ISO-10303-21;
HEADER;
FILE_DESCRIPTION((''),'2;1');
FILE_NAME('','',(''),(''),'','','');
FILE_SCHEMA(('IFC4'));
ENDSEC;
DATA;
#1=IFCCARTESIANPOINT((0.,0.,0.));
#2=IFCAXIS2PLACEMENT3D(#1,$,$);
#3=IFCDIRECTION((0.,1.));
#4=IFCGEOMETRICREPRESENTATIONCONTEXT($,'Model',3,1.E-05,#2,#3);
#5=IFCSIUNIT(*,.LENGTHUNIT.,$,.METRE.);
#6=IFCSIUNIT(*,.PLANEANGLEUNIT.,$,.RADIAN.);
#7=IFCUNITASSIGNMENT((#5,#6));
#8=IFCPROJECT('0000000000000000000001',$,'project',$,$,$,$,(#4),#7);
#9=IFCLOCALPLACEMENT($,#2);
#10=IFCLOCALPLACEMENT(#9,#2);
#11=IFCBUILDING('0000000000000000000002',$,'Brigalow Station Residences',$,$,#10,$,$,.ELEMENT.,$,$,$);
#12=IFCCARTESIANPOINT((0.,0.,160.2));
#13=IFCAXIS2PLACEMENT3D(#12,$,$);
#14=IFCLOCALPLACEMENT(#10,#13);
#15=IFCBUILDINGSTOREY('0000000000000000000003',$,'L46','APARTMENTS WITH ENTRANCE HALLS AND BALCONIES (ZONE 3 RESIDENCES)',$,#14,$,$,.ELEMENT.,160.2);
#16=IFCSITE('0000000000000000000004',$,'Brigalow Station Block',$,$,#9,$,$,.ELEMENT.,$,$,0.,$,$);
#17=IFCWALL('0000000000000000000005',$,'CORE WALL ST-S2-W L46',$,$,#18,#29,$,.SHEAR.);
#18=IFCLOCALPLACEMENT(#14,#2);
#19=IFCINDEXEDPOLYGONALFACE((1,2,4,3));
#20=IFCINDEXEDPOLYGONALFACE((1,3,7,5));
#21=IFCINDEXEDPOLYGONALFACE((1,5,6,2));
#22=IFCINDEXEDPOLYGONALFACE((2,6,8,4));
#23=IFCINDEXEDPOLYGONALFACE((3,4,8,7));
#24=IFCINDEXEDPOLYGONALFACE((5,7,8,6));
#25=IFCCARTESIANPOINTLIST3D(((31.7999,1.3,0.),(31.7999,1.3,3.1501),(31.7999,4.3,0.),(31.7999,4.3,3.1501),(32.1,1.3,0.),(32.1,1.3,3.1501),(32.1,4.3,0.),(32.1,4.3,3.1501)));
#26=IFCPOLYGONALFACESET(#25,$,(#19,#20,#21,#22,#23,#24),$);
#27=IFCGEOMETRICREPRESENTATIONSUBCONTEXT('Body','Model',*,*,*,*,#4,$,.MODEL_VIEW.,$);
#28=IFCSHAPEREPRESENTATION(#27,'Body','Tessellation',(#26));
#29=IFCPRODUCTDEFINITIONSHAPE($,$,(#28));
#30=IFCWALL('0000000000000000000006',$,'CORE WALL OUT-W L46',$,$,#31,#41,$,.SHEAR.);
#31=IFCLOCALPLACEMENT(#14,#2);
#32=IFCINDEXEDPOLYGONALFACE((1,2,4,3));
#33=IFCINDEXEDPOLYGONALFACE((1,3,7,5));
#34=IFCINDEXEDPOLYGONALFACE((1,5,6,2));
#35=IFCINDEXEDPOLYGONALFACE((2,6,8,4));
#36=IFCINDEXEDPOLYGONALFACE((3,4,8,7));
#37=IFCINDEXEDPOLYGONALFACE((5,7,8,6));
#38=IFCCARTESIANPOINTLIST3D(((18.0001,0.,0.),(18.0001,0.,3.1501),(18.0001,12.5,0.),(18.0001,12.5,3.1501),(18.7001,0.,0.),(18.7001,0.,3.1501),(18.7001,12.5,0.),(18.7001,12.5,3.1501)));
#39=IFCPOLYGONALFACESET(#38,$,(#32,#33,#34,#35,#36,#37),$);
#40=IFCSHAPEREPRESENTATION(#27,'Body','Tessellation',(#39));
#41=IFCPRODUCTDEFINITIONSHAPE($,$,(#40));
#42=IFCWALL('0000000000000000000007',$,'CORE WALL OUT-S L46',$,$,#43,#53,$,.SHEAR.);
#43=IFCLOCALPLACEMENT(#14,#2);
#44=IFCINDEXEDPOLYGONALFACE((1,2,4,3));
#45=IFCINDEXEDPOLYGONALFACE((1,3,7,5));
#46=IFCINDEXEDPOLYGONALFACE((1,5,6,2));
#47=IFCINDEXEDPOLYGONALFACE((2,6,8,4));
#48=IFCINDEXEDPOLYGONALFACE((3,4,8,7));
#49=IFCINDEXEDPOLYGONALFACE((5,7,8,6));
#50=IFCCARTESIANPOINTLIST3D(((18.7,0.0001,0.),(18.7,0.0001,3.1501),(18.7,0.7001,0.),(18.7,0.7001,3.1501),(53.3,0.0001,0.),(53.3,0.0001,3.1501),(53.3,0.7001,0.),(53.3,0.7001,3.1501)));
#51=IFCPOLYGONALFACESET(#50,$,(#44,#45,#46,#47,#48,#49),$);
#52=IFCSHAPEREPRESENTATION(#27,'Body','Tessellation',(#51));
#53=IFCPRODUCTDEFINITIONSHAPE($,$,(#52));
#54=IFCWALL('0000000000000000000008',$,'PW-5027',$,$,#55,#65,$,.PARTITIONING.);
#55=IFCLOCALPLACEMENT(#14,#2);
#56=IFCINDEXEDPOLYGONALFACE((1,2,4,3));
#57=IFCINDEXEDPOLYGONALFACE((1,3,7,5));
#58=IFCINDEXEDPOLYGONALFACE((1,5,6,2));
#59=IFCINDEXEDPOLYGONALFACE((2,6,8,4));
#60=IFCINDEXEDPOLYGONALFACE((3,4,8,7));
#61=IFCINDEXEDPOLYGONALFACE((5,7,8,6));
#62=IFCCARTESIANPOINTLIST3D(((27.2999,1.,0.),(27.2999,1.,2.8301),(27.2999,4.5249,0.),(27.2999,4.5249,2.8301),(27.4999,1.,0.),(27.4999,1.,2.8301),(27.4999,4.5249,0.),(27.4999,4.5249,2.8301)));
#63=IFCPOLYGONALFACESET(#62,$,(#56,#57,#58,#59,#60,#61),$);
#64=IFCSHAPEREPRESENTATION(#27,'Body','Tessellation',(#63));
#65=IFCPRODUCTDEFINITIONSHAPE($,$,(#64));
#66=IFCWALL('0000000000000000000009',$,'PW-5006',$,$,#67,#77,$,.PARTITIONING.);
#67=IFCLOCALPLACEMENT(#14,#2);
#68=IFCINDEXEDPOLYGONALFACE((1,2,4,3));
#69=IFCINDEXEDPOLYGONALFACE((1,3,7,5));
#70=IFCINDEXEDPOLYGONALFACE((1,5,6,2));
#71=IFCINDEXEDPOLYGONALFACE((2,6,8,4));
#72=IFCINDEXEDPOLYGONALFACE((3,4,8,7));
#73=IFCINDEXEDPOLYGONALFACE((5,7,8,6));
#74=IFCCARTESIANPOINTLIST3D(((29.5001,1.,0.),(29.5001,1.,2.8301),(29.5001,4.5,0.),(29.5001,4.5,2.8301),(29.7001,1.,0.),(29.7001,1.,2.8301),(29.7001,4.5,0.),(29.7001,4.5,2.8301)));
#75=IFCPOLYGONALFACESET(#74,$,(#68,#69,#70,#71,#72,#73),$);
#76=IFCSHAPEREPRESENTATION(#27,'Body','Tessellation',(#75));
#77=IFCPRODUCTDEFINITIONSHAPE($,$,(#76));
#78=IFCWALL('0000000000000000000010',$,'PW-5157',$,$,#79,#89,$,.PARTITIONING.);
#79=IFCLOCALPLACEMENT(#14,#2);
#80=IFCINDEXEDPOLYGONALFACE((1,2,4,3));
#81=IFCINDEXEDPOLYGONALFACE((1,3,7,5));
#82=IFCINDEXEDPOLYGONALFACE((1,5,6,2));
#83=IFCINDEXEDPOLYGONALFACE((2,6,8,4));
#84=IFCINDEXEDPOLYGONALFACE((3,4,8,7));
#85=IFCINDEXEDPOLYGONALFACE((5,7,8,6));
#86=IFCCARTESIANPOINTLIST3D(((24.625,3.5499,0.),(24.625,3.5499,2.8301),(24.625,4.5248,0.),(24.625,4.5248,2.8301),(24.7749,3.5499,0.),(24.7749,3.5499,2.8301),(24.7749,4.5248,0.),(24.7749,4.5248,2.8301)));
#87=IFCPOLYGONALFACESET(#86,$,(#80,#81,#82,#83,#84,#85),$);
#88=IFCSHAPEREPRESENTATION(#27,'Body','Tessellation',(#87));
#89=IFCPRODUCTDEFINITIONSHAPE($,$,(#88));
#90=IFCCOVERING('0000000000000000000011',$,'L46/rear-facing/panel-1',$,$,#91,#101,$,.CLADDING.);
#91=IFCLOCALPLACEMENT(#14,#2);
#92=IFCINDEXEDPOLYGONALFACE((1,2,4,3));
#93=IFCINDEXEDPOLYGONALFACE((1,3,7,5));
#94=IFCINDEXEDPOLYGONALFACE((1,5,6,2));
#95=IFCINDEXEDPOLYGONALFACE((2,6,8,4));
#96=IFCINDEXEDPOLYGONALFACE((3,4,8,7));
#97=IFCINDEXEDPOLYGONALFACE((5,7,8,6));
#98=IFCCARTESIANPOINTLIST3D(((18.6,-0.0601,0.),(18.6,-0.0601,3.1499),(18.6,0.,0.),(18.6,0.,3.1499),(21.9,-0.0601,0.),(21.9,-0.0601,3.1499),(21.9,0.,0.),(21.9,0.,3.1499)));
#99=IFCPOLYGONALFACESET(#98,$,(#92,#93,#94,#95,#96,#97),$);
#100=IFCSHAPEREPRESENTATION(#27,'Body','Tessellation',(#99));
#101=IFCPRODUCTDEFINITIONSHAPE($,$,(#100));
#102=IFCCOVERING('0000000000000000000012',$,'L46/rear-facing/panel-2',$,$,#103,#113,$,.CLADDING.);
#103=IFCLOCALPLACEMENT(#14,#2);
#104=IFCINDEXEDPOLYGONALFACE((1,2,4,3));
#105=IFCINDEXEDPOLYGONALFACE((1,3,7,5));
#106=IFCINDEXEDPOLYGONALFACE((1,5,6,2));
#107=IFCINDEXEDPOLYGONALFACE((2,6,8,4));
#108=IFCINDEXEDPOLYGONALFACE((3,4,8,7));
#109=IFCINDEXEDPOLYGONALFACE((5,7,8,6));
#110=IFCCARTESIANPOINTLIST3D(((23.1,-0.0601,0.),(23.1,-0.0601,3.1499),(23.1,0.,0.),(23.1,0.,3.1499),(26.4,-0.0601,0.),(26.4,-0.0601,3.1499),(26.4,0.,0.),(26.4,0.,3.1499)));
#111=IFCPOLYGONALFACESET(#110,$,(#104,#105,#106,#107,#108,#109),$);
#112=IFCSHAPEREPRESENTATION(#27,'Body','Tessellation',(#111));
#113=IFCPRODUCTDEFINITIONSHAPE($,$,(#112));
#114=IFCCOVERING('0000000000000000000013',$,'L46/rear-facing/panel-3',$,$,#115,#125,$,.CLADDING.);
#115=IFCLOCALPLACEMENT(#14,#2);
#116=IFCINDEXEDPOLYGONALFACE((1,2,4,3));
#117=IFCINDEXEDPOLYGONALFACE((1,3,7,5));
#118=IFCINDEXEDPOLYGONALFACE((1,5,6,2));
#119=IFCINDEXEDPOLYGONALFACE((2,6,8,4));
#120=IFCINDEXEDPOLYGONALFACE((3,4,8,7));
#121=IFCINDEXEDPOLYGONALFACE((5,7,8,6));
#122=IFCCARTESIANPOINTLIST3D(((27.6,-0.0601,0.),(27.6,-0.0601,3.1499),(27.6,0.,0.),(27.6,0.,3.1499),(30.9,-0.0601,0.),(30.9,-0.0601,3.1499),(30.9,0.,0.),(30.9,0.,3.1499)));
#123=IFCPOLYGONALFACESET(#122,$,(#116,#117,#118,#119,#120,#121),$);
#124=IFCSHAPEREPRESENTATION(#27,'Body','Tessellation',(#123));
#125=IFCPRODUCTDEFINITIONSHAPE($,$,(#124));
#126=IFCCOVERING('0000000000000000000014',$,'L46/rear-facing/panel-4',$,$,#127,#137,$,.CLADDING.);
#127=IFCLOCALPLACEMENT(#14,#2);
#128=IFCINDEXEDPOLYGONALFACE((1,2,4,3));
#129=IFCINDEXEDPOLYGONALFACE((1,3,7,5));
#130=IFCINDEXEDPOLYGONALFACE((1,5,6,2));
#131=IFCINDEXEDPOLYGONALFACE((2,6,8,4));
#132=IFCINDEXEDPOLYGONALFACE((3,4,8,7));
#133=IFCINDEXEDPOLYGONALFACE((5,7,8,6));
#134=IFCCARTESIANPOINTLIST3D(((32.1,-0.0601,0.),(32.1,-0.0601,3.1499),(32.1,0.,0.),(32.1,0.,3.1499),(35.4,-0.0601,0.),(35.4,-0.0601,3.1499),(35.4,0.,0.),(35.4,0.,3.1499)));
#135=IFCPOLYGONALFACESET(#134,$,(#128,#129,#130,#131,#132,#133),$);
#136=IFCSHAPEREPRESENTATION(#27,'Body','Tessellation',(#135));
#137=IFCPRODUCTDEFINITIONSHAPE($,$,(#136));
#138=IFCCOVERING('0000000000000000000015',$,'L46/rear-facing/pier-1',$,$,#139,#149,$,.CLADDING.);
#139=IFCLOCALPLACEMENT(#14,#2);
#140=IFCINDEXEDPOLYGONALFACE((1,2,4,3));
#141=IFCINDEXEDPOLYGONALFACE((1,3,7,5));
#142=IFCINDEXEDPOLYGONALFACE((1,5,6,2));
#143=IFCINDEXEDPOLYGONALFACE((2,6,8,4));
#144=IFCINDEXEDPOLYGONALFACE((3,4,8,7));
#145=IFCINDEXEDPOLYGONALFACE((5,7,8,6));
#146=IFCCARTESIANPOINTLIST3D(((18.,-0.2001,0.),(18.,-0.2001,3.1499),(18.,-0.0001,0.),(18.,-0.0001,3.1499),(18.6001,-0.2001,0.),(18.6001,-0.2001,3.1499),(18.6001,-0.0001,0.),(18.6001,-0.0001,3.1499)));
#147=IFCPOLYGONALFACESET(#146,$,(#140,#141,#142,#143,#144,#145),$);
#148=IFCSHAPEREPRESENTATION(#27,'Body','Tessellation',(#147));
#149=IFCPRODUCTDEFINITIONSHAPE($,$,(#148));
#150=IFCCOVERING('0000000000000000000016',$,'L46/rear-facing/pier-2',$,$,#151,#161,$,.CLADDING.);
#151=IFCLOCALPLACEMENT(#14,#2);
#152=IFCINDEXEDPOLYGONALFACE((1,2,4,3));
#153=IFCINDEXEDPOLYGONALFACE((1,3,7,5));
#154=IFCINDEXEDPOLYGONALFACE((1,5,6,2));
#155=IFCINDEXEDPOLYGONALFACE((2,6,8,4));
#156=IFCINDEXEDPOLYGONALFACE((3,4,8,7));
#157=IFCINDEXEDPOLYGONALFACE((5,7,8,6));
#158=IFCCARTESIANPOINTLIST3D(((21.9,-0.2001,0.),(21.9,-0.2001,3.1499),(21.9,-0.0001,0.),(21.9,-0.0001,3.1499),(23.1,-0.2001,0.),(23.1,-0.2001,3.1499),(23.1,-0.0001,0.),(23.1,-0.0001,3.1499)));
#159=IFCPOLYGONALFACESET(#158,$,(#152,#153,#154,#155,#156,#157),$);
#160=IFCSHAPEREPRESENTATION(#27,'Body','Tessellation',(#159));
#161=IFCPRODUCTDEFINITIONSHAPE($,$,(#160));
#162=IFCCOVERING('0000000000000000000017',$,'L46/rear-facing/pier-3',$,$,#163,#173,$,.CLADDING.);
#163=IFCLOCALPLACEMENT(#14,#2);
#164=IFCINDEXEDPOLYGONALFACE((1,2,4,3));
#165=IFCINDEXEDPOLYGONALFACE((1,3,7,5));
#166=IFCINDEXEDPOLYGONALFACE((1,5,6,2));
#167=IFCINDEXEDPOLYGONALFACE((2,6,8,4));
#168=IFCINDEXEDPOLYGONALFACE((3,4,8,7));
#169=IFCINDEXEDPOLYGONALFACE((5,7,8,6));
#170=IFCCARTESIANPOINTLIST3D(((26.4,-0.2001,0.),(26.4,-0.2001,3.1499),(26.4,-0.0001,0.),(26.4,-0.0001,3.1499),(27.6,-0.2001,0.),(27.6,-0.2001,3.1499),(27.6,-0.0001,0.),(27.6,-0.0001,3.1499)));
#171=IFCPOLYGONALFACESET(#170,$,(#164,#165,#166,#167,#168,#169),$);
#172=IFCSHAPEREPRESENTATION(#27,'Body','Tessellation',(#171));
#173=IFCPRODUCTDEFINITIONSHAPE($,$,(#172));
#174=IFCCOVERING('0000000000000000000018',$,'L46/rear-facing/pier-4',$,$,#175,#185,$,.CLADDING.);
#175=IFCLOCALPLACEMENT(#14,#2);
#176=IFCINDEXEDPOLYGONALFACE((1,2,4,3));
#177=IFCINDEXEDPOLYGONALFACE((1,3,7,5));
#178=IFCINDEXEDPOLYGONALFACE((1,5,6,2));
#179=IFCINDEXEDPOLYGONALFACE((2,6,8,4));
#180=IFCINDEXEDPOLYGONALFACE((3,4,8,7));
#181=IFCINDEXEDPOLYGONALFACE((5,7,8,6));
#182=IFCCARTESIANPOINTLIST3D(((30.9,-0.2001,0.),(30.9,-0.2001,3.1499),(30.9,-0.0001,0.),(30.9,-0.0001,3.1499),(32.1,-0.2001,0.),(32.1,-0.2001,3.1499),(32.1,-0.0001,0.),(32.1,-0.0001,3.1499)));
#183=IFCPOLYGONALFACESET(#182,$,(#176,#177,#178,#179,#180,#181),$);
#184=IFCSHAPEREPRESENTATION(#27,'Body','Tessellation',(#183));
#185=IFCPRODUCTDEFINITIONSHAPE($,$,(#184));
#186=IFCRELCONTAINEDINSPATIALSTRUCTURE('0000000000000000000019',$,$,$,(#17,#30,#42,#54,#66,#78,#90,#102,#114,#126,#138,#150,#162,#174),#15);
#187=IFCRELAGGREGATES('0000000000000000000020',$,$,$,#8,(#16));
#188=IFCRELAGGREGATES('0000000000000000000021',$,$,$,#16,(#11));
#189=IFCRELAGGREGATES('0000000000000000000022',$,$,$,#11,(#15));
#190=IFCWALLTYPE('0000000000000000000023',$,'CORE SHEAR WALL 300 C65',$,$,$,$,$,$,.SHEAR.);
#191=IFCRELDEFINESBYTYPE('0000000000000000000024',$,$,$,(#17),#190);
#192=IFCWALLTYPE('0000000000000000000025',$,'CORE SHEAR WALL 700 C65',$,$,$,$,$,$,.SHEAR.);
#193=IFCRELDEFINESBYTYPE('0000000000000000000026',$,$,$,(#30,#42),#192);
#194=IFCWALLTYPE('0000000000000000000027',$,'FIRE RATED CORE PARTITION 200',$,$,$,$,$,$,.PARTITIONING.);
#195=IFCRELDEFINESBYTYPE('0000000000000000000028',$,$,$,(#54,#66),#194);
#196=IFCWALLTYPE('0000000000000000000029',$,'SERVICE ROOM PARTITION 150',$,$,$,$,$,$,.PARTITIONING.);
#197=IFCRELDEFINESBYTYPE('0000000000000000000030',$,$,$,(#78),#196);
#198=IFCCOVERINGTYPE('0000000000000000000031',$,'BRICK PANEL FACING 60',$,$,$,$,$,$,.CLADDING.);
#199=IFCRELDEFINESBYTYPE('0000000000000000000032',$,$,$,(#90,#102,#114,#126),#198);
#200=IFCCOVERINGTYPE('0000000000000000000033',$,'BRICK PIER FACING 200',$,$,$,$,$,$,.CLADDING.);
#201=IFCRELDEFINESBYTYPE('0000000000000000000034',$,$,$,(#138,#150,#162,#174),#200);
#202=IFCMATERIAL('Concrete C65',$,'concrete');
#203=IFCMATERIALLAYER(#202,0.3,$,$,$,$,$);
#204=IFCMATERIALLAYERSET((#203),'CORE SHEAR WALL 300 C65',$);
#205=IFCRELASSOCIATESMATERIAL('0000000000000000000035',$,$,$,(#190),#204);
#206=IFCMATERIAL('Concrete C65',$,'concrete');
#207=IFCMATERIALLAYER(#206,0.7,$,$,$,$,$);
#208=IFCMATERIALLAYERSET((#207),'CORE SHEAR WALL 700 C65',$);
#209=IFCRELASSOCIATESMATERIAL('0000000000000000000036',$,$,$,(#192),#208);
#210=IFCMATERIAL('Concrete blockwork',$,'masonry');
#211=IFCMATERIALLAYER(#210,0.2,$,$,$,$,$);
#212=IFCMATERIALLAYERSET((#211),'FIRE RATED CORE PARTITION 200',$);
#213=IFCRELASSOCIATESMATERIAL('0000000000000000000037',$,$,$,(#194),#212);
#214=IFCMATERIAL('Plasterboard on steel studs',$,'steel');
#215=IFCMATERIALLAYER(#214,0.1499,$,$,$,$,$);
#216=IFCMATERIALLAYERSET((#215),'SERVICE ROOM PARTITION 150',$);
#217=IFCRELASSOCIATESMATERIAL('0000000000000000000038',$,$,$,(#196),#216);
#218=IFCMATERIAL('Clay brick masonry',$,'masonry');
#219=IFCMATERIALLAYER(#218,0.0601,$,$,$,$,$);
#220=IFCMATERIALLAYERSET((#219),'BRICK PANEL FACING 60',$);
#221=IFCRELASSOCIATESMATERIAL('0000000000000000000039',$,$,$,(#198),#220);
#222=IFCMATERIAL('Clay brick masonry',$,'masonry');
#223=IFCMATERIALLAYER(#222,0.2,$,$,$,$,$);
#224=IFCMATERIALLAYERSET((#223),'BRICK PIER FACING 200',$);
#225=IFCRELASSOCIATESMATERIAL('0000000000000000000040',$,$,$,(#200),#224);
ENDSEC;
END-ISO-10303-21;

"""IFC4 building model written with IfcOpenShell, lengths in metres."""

from ifc_helpers import new_model, si_unit, direction, frame, frame_2d, origin, origin_2d, place, context, subcontext, project, spatial, rectangle, extrude, material, layer, layer_set, type_object, element, save


model = new_model("IFC4")

# Units and contexts
model_context = context("Model", 3, precision=1e-05, world=origin(), true_north=direction((0.0, 1.0)))
body_context = subcontext(model_context, "Body", "Model", "MODEL_VIEW")
ifc_project = project(units=[si_unit("LENGTHUNIT", "METRE"), si_unit("PLANEANGLEUNIT", "RADIAN")], contexts=[model_context])

# Site, building, storey
site_placement = place(None, origin())
site = spatial("IfcSite", under=ifc_project, at=site_placement, Name="Brigalow Station Block", CompositionType="ELEMENT", RefElevation=0.0)
building_placement = place(site_placement, origin())
building = spatial("IfcBuilding", under=site, at=building_placement, Name="Brigalow Station Residences", CompositionType="ELEMENT")
storey_placement = place(building_placement, frame((0.0, 0.0, 160.2)))
storey = spatial("IfcBuildingStorey", under=building, at=storey_placement, Name="L46", Description="APARTMENTS WITH ENTRANCE HALLS AND BALCONIES (ZONE 3 RESIDENCES)", CompositionType="ELEMENT", Elevation=160.2)

# Shared definitions
ifc_material_1 = material(Name="Concrete C65", Category="concrete")
ifc_layer_1 = layer(ifc_material_1, 0.3)
ifc_layer_set_1 = layer_set([ifc_layer_1], Name="CORE SHEAR WALL 300 C65")
wall_type_1 = type_object("IfcWallType", Name="CORE SHEAR WALL 300 C65", PredefinedType="SHEAR", material=ifc_layer_set_1)

# Walls
wall_1_placement = place(storey_placement, frame((31.95, 1.3, 0.0), z_axis=(0.0, 0.0, 1.0), x_axis=(0.0, 1.0, 0.0)))
element("IfcWall", 1, at=wall_1_placement, inside=storey, type_object=wall_type_1, Name="CORE WALL ST-S2-W L46", PredefinedType="SHEAR", context=body_context, shape_type="SweptSolid", body=[
    extrude(rectangle(XDim=3.0, YDim=0.3, at=frame_2d((1.5, 0.0))), origin(), (0.0, 0.0, 1.0), 3.1501),
])
ifc_material_2 = material(Name="Concrete C65", Category="concrete")
ifc_layer_2 = layer(ifc_material_2, 0.7)
ifc_layer_set_2 = layer_set([ifc_layer_2], Name="CORE SHEAR WALL 700 C65")
wall_type_2 = type_object("IfcWallType", Name="CORE SHEAR WALL 700 C65", PredefinedType="SHEAR", material=ifc_layer_set_2)
wall_2_placement = place(storey_placement, frame((18.3501, 0.0, 0.0), z_axis=(0.0, 0.0, 1.0), x_axis=(0.0, 1.0, 0.0)))
element("IfcWall", 2, at=wall_2_placement, inside=storey, type_object=wall_type_2, Name="CORE WALL OUT-W L46", PredefinedType="SHEAR", context=body_context, shape_type="SweptSolid", body=[
    extrude(rectangle(XDim=12.5, YDim=0.7, at=frame_2d((6.25, 0.0))), origin(), (0.0, 0.0, 1.0), 3.1501),
])
wall_3_placement = place(storey_placement, frame((18.7, 0.3501, 0.0), z_axis=(0.0, 0.0, 1.0), x_axis=(1.0, 0.0, 0.0)))
element("IfcWall", 3, at=wall_3_placement, inside=storey, type_object=wall_type_2, Name="CORE WALL OUT-S L46", PredefinedType="SHEAR", context=body_context, shape_type="SweptSolid", body=[
    extrude(rectangle(XDim=34.6001, YDim=0.7, at=frame_2d((17.3, 0.0))), origin(), (0.0, 0.0, 1.0), 3.1501),
])
ifc_material_3 = material(Name="Concrete blockwork", Category="masonry")
ifc_layer_3 = layer(ifc_material_3, 0.2)
ifc_layer_set_3 = layer_set([ifc_layer_3], Name="FIRE RATED CORE PARTITION 200")
wall_type_3 = type_object("IfcWallType", Name="FIRE RATED CORE PARTITION 200", PredefinedType="PARTITIONING", material=ifc_layer_set_3)
wall_4_placement = place(storey_placement, frame((27.3999, 1.0, 0.0), z_axis=(0.0, 0.0, 1.0), x_axis=(0.0, 1.0, 0.0)))
element("IfcWall", 4, at=wall_4_placement, inside=storey, type_object=wall_type_3, Name="PW-5027", PredefinedType="PARTITIONING", context=body_context, shape_type="SweptSolid", body=[
    extrude(rectangle(XDim=3.5249, YDim=0.2, at=frame_2d((1.7625, 0.0))), origin(), (0.0, 0.0, 1.0), 2.8301),
])
wall_5_placement = place(storey_placement, frame((29.6001, 1.0, 0.0), z_axis=(0.0, 0.0, 1.0), x_axis=(0.0, 1.0, 0.0)))
element("IfcWall", 5, at=wall_5_placement, inside=storey, type_object=wall_type_3, Name="PW-5006", PredefinedType="PARTITIONING", context=body_context, shape_type="SweptSolid", body=[
    extrude(rectangle(XDim=3.5, YDim=0.2, at=frame_2d((1.75, 0.0))), origin(), (0.0, 0.0, 1.0), 2.8301),
])
ifc_material_4 = material(Name="Plasterboard on steel studs", Category="steel")
ifc_layer_4 = layer(ifc_material_4, 0.1499)
ifc_layer_set_4 = layer_set([ifc_layer_4], Name="SERVICE ROOM PARTITION 150")
wall_type_4 = type_object("IfcWallType", Name="SERVICE ROOM PARTITION 150", PredefinedType="PARTITIONING", material=ifc_layer_set_4)
wall_6_placement = place(storey_placement, frame((24.7, 3.55, 0.0), z_axis=(0.0, 0.0, 1.0), x_axis=(0.0, 1.0, 0.0)))
element("IfcWall", 6, at=wall_6_placement, inside=storey, type_object=wall_type_4, Name="PW-5157", PredefinedType="PARTITIONING", context=body_context, shape_type="SweptSolid", body=[
    extrude(rectangle(XDim=0.9749, YDim=0.1499, at=frame_2d((0.4873, 0.0))), origin(), (0.0, 0.0, 1.0), 2.8301),
])

# Coverings
ifc_material_5 = material(Name="Clay brick masonry", Category="masonry")
ifc_layer_5 = layer(ifc_material_5, 0.0601)
ifc_layer_set_5 = layer_set([ifc_layer_5], Name="BRICK PANEL FACING 60")
covering_type_1 = type_object("IfcCoveringType", Name="BRICK PANEL FACING 60", PredefinedType="CLADDING", material=ifc_layer_set_5)
for number, where, z_axis, x_axis, name in (
    (7, (20.25, -0.03, 0.0), (0.0, 0.0, 1.0), (1.0, 0.0, 0.0), "L46/rear-facing/panel-1"),
    (8, (24.75, -0.03, 0.0), (0.0, 0.0, 1.0), (1.0, 0.0, 0.0), "L46/rear-facing/panel-2"),
    (9, (29.25, -0.03, 0.0), (0.0, 0.0, 1.0), (1.0, 0.0, 0.0), "L46/rear-facing/panel-3"),
    (10, (33.75, -0.03, 0.0), (0.0, 0.0, 1.0), (1.0, 0.0, 0.0), "L46/rear-facing/panel-4"),
):
    element("IfcCovering", number, at=place(storey_placement, frame(where, z_axis=z_axis, x_axis=x_axis)), inside=storey, type_object=covering_type_1, Name=name, PredefinedType="CLADDING", context=body_context, shape_type="SweptSolid", body=[
        extrude(rectangle(XDim=3.3, YDim=0.0601, at=origin_2d()), origin(), (0.0, 0.0, 1.0), 3.1499),
    ])
ifc_material_6 = material(Name="Clay brick masonry", Category="masonry")
ifc_layer_6 = layer(ifc_material_6, 0.2)
ifc_layer_set_6 = layer_set([ifc_layer_6], Name="BRICK PIER FACING 200")
covering_type_2 = type_object("IfcCoveringType", Name="BRICK PIER FACING 200", PredefinedType="CLADDING", material=ifc_layer_set_6)
covering_placement = place(storey_placement, frame((18.3, -0.1001, 0.0), z_axis=(0.0, 0.0, 1.0), x_axis=(1.0, 0.0, 0.0)))
element("IfcCovering", 11, at=covering_placement, inside=storey, type_object=covering_type_2, Name="L46/rear-facing/pier-1", PredefinedType="CLADDING", context=body_context, shape_type="SweptSolid", body=[
    extrude(rectangle(XDim=0.6001, YDim=0.2, at=origin_2d()), origin(), (0.0, 0.0, 1.0), 3.1499),
])
for number, where, z_axis, x_axis, name in (
    (12, (22.5, -0.1001, 0.0), (0.0, 0.0, 1.0), (1.0, 0.0, 0.0), "L46/rear-facing/pier-2"),
    (13, (27.0, -0.1001, 0.0), (0.0, 0.0, 1.0), (1.0, 0.0, 0.0), "L46/rear-facing/pier-3"),
    (14, (31.5, -0.1001, 0.0), (0.0, 0.0, 1.0), (1.0, 0.0, 0.0), "L46/rear-facing/pier-4"),
):
    element("IfcCovering", number, at=place(storey_placement, frame(where, z_axis=z_axis, x_axis=x_axis)), inside=storey, type_object=covering_type_2, Name=name, PredefinedType="CLADDING", context=body_context, shape_type="SweptSolid", body=[
        extrude(rectangle(XDim=1.2, YDim=0.2, at=origin_2d()), origin(), (0.0, 0.0, 1.0), 3.1499),
    ])

save(model, "model.ifc")
